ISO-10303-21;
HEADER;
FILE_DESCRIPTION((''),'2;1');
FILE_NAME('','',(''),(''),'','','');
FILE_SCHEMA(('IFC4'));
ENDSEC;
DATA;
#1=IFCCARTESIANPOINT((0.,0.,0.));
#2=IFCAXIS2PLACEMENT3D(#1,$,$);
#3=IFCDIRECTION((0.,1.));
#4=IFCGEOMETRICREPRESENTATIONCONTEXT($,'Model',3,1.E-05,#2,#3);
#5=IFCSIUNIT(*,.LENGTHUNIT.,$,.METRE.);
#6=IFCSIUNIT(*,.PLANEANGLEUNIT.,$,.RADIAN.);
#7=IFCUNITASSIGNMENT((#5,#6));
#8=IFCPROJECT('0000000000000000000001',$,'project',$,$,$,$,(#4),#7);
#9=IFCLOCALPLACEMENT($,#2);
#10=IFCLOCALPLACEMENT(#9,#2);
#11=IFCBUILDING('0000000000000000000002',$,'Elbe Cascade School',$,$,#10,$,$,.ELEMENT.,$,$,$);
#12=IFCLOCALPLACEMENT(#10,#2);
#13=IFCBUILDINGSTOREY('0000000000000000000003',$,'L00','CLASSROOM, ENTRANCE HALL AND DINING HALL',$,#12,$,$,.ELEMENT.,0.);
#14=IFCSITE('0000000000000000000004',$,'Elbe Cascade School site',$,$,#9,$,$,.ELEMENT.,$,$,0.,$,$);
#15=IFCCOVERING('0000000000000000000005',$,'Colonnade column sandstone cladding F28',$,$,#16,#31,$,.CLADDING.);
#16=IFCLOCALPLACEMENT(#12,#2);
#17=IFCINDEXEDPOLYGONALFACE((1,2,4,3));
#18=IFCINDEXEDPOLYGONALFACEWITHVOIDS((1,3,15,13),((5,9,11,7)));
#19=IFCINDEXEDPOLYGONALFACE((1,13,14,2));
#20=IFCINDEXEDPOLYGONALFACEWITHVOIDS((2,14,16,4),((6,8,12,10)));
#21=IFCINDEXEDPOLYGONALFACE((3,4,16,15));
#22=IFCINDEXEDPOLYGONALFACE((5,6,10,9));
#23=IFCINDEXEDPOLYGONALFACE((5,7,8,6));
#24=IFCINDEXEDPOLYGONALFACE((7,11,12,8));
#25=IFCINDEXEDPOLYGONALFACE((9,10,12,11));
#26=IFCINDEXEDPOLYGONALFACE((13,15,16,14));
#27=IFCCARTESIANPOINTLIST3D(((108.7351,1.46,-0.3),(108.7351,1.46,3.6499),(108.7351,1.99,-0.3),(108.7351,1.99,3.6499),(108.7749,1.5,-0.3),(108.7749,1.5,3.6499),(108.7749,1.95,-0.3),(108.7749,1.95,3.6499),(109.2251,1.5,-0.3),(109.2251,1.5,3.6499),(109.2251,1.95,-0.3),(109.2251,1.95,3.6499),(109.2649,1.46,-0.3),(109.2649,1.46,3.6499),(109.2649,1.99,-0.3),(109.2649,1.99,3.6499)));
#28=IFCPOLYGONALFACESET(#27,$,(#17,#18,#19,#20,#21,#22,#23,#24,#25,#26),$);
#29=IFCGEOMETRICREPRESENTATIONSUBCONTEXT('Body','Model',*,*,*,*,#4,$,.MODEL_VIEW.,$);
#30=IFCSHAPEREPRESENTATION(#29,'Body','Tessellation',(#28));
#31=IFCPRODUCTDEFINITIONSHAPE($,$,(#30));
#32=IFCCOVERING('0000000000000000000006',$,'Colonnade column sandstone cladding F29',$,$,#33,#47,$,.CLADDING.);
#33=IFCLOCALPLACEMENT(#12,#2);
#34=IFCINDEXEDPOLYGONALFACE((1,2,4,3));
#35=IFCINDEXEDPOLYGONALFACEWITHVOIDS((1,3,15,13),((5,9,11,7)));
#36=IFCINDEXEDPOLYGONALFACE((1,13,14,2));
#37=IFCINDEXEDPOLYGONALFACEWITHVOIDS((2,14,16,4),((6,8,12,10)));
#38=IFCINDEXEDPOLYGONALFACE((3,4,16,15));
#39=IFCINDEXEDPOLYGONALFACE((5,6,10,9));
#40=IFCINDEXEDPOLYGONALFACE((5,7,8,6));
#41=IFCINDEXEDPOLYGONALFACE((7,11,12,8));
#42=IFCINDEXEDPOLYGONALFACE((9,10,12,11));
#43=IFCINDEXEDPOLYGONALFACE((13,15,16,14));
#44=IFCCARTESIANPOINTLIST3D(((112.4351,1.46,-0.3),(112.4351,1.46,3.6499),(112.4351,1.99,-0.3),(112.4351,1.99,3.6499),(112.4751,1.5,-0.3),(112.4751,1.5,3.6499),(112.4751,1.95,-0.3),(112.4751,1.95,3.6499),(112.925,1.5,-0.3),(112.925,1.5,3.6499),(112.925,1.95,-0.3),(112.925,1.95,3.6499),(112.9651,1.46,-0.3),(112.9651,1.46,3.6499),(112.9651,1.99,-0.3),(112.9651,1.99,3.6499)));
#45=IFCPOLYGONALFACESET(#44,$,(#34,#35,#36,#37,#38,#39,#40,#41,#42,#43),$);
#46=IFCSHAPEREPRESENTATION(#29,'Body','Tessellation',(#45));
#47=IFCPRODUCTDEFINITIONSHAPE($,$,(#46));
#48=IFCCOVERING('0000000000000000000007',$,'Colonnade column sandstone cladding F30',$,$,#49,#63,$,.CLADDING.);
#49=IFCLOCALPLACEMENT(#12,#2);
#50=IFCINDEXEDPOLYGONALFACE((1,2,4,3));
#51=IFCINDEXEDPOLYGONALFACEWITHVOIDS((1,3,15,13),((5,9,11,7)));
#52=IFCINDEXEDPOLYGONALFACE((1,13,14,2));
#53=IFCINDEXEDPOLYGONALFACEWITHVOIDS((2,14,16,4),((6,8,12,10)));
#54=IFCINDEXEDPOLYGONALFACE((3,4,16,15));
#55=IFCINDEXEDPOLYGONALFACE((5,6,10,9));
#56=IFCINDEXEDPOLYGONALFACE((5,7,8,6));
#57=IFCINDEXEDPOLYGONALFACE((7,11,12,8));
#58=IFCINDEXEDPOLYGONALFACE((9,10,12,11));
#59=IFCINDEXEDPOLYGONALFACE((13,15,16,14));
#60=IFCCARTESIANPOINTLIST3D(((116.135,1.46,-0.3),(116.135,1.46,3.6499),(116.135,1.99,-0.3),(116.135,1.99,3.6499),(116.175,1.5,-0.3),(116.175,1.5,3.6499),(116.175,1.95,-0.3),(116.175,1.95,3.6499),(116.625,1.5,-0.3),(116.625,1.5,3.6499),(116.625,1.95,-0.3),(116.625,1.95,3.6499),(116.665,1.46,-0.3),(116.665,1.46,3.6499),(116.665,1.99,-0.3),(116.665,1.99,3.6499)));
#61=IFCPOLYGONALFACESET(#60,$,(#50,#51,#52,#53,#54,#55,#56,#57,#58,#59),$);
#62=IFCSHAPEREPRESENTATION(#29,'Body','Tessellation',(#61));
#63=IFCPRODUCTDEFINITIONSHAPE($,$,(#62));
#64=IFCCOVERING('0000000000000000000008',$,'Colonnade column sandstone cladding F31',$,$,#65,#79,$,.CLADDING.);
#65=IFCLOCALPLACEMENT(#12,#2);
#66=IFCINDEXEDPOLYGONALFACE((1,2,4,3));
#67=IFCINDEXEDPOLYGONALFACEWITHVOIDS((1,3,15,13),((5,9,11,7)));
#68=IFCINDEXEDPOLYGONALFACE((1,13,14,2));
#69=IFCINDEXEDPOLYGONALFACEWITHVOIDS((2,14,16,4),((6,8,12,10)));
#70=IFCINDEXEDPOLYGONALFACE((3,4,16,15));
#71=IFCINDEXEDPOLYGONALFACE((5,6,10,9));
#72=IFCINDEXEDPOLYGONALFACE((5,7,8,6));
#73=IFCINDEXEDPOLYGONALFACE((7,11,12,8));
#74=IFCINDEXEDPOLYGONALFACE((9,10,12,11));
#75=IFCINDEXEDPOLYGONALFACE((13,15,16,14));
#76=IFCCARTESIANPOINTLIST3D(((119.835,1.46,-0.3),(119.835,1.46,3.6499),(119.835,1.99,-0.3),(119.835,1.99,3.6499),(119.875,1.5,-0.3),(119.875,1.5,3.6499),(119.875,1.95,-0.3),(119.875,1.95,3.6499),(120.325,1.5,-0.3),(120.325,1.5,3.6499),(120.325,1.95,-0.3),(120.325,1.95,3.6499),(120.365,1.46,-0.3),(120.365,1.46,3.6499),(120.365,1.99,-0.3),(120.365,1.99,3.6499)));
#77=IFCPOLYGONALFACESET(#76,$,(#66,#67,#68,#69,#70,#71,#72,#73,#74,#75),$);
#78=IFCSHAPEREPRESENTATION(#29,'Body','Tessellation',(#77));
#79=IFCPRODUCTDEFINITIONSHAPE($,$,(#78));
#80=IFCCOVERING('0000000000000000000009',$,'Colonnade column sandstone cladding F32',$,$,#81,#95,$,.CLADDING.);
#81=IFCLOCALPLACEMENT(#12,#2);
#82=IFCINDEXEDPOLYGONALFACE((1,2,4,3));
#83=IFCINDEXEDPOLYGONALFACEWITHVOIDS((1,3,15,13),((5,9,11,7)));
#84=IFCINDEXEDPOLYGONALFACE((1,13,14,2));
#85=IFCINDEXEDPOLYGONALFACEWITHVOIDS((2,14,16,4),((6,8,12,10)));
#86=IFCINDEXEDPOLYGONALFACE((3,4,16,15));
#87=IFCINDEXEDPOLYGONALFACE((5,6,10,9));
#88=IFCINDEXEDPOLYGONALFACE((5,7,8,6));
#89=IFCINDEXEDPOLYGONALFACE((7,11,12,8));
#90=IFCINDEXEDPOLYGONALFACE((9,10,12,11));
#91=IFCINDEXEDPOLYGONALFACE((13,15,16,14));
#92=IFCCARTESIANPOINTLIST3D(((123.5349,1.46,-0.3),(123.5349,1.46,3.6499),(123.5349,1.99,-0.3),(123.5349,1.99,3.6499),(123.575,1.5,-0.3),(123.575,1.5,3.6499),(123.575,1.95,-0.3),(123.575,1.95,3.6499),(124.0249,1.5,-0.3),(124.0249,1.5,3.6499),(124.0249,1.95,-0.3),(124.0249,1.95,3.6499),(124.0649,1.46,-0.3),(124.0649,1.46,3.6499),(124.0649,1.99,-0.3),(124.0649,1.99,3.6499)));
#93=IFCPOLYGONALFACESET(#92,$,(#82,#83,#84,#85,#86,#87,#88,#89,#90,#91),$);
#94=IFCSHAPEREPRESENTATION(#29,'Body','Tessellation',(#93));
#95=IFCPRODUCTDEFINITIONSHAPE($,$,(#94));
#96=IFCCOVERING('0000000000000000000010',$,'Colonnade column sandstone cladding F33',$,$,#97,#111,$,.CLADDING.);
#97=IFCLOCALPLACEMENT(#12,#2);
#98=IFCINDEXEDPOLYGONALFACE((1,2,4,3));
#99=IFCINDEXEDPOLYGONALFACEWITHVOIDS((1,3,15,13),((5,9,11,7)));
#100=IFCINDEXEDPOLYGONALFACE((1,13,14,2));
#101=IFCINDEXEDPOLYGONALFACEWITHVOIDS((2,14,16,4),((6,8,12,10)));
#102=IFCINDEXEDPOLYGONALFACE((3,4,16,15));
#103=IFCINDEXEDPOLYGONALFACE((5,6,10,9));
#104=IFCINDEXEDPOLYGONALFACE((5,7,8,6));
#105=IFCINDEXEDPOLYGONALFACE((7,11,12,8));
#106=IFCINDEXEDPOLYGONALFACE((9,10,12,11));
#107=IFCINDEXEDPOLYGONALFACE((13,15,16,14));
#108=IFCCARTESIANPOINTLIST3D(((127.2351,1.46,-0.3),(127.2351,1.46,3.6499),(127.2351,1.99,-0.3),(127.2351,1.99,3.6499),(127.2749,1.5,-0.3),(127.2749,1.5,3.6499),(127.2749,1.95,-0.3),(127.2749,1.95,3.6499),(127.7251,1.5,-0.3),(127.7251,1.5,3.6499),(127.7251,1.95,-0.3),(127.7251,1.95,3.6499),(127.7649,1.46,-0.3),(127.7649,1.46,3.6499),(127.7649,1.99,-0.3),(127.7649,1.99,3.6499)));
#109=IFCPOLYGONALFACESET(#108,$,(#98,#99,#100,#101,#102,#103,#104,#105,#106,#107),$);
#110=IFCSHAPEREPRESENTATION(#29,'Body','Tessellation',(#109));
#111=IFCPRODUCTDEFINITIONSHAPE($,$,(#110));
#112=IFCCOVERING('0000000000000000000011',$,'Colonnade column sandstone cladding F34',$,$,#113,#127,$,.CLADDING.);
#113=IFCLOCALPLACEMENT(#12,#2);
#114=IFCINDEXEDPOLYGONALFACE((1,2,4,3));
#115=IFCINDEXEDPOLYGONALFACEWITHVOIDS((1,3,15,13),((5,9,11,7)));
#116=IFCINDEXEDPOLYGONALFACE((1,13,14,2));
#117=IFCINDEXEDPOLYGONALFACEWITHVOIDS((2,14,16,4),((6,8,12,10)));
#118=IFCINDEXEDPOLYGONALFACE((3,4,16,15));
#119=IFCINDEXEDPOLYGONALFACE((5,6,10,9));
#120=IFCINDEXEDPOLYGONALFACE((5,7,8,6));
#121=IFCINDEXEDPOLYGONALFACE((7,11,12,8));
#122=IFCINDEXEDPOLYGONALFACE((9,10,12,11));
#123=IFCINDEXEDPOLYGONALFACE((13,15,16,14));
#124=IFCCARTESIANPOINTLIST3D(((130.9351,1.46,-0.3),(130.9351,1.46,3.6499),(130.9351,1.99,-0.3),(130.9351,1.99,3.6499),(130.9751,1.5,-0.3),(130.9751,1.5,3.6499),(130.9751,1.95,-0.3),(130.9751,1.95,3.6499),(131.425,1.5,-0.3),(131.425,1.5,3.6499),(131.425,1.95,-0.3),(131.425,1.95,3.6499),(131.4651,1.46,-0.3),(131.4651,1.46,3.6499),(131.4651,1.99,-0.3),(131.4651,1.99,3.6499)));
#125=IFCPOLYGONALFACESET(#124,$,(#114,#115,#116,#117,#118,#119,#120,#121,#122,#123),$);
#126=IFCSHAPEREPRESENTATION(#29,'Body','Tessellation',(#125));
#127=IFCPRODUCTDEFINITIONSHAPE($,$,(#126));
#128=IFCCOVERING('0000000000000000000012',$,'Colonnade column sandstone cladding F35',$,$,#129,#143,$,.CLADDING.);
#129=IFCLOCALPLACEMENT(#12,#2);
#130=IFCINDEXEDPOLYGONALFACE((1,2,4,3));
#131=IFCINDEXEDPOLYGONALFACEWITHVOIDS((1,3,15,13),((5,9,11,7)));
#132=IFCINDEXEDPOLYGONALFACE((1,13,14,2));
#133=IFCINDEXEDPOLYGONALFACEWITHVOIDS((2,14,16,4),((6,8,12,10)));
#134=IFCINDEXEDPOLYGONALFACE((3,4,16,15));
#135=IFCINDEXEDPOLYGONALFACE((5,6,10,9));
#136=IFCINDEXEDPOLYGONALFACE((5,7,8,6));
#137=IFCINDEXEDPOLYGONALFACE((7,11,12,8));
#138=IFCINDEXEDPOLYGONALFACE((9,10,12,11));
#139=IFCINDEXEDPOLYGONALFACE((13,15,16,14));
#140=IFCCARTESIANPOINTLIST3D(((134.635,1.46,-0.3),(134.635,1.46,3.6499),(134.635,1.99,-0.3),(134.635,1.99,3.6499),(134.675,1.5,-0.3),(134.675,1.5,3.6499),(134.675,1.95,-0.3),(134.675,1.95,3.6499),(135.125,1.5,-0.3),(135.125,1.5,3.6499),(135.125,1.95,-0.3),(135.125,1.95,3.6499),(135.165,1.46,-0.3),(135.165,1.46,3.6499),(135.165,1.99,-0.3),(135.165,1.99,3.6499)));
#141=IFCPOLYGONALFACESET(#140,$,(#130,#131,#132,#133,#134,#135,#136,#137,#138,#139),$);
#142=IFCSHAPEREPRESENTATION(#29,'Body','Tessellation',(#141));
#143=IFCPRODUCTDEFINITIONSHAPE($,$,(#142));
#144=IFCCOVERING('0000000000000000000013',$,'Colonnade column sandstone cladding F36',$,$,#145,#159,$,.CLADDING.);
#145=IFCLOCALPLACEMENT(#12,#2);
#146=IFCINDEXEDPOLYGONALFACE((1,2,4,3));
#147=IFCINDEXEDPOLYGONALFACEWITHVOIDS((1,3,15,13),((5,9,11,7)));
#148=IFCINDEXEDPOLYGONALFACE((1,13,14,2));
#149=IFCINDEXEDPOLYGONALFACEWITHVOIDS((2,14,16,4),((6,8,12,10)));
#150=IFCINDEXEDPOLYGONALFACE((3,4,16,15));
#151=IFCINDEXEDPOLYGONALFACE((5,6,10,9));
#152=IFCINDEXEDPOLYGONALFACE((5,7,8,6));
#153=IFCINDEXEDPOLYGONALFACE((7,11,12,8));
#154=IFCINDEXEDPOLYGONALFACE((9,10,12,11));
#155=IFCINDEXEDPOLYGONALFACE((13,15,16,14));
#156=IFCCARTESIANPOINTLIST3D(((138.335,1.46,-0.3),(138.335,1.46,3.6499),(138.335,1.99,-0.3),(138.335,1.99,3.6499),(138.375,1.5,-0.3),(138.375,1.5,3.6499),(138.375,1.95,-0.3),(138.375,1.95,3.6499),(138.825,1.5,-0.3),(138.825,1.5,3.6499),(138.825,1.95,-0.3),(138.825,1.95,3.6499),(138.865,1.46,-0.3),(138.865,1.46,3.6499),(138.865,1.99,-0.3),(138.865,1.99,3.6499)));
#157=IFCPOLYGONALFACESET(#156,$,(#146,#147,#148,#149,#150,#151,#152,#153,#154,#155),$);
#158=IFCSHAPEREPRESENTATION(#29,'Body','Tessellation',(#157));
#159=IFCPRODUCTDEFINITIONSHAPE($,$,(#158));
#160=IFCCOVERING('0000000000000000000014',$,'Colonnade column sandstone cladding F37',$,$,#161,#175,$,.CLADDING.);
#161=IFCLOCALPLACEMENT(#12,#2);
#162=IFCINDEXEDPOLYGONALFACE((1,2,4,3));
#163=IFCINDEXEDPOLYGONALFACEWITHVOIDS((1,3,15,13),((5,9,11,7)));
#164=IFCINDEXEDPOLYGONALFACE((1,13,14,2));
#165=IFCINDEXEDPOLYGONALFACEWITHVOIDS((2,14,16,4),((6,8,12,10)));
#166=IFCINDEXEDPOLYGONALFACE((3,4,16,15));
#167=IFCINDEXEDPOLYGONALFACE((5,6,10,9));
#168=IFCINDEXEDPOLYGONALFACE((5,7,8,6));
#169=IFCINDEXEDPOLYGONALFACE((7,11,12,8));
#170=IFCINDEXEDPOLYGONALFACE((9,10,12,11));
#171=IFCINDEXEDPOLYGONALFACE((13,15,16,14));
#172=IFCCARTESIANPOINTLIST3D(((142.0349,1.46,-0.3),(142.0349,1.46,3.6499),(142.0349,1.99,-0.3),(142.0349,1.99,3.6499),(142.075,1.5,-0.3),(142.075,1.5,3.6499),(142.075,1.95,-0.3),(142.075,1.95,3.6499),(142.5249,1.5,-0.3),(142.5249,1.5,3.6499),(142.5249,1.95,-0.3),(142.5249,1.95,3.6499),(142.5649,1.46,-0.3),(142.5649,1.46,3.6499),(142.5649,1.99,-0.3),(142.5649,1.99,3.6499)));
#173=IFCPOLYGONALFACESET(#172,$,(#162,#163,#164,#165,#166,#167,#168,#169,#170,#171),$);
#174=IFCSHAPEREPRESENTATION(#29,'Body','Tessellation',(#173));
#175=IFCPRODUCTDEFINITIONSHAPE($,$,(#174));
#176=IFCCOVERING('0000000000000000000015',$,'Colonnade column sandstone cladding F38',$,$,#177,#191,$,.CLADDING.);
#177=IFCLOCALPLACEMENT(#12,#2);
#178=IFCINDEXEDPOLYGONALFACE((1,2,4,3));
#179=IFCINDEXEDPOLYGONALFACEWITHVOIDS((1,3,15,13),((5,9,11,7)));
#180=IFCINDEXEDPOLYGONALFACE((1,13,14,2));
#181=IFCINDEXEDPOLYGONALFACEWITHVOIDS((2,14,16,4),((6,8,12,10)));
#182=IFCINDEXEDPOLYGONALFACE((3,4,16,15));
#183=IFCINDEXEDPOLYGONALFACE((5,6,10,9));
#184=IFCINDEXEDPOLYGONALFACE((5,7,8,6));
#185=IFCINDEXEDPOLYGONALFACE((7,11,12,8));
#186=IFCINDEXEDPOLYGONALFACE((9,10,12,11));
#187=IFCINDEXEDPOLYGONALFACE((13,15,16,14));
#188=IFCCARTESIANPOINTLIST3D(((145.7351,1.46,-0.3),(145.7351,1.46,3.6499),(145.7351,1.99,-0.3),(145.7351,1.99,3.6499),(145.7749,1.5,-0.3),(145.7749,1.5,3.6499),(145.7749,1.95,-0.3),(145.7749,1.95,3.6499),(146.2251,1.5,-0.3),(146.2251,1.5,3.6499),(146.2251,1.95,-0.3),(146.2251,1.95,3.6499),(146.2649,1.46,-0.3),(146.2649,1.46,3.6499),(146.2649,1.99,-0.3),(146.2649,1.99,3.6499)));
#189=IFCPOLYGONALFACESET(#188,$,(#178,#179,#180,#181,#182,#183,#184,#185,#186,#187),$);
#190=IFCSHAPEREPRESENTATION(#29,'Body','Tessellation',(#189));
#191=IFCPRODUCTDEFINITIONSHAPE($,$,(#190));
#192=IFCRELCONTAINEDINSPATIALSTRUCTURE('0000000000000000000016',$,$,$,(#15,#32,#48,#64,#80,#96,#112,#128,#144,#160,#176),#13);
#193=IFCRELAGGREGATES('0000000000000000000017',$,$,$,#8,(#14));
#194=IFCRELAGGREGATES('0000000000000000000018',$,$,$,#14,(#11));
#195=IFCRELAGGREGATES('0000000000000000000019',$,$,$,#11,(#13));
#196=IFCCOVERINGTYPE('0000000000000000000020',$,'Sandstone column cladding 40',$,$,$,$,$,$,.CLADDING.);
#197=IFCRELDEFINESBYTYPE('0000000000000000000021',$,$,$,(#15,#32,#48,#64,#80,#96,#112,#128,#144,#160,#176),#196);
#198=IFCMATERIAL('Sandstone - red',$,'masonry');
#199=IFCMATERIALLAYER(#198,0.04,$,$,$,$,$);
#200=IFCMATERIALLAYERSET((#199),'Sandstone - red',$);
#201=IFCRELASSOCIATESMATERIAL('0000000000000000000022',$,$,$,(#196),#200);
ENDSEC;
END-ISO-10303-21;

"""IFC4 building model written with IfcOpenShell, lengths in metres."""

from ifc_helpers import new_model, si_unit, direction, frame, origin, place, context, subcontext, project, spatial, polyline, outline, extrude, material, layer, layer_set, type_object, element, save


model = new_model("IFC4")

# Units and contexts
model_context = context("Model", 3, precision=1e-05, world=origin(), true_north=direction((0.0, 1.0)))
body_context = subcontext(model_context, "Body", "Model", "MODEL_VIEW")
ifc_project = project(units=[si_unit("LENGTHUNIT", "METRE"), si_unit("PLANEANGLEUNIT", "RADIAN")], contexts=[model_context])

# Site, building, storey
site_placement = place(None, origin())
site = spatial("IfcSite", under=ifc_project, at=site_placement, Name="Elbe Cascade School site", CompositionType="ELEMENT", RefElevation=0.0)
building_placement = place(site_placement, origin())
building = spatial("IfcBuilding", under=site, at=building_placement, Name="Elbe Cascade School", CompositionType="ELEMENT")
storey_placement = place(building_placement, origin())
storey = spatial("IfcBuildingStorey", under=building, at=storey_placement, Name="L00", Description="CLASSROOM, ENTRANCE HALL AND DINING HALL", CompositionType="ELEMENT", Elevation=0.0)

# Coverings
ifc_material = material(Name="Sandstone - red", Category="masonry")
ifc_layer = layer(ifc_material, 0.04)
ifc_layer_set = layer_set([ifc_layer], Name="Sandstone - red")
covering_type = type_object("IfcCoveringType", Name="Sandstone column cladding 40", PredefinedType="CLADDING", material=ifc_layer_set)
covering_1_placement = place(storey_placement, frame((0.0, 0.0, -0.3)))
element("IfcCovering", 1, at=covering_1_placement, inside=storey, type_object=covering_type, Name="Colonnade column sandstone cladding F28", PredefinedType="CLADDING", context=body_context, shape_type="SweptSolid", body=[
    extrude(outline(polyline([(108.7351, 1.46), (109.2649, 1.46), (109.2649, 1.99), (108.7351, 1.99), (108.7351, 1.46)]), holes=[polyline([(108.7749, 1.95), (109.2251, 1.95), (109.2251, 1.5), (108.7749, 1.5), (108.7749, 1.95)])]), origin(), (0.0, 0.0, 1.0), 3.95),
])
covering_2_placement = place(storey_placement, frame((0.0, 0.0, -0.3)))
element("IfcCovering", 2, at=covering_2_placement, inside=storey, type_object=covering_type, Name="Colonnade column sandstone cladding F29", PredefinedType="CLADDING", context=body_context, shape_type="SweptSolid", body=[
    extrude(outline(polyline([(112.4351, 1.46), (112.9651, 1.46), (112.9651, 1.99), (112.4351, 1.99), (112.4351, 1.46)]), holes=[polyline([(112.4751, 1.95), (112.925, 1.95), (112.925, 1.5), (112.4751, 1.5), (112.4751, 1.95)])]), origin(), (0.0, 0.0, 1.0), 3.95),
])
covering_3_placement = place(storey_placement, frame((0.0, 0.0, -0.3)))
element("IfcCovering", 3, at=covering_3_placement, inside=storey, type_object=covering_type, Name="Colonnade column sandstone cladding F30", PredefinedType="CLADDING", context=body_context, shape_type="SweptSolid", body=[
    extrude(outline(polyline([(116.135, 1.46), (116.665, 1.46), (116.665, 1.99), (116.135, 1.99), (116.135, 1.46)]), holes=[polyline([(116.175, 1.95), (116.625, 1.95), (116.625, 1.5), (116.175, 1.5), (116.175, 1.95)])]), origin(), (0.0, 0.0, 1.0), 3.95),
])
covering_4_placement = place(storey_placement, frame((0.0, 0.0, -0.3)))
element("IfcCovering", 4, at=covering_4_placement, inside=storey, type_object=covering_type, Name="Colonnade column sandstone cladding F31", PredefinedType="CLADDING", context=body_context, shape_type="SweptSolid", body=[
    extrude(outline(polyline([(119.835, 1.46), (120.365, 1.46), (120.365, 1.99), (119.835, 1.99), (119.835, 1.46)]), holes=[polyline([(119.875, 1.95), (120.325, 1.95), (120.325, 1.5), (119.875, 1.5), (119.875, 1.95)])]), origin(), (0.0, 0.0, 1.0), 3.95),
])
covering_5_placement = place(storey_placement, frame((0.0, 0.0, -0.3)))
element("IfcCovering", 5, at=covering_5_placement, inside=storey, type_object=covering_type, Name="Colonnade column sandstone cladding F32", PredefinedType="CLADDING", context=body_context, shape_type="SweptSolid", body=[
    extrude(outline(polyline([(123.5349, 1.46), (124.0649, 1.46), (124.0649, 1.99), (123.5349, 1.99), (123.5349, 1.46)]), holes=[polyline([(123.575, 1.95), (124.0249, 1.95), (124.0249, 1.5), (123.575, 1.5), (123.575, 1.95)])]), origin(), (0.0, 0.0, 1.0), 3.95),
])
covering_6_placement = place(storey_placement, frame((0.0, 0.0, -0.3)))
element("IfcCovering", 6, at=covering_6_placement, inside=storey, type_object=covering_type, Name="Colonnade column sandstone cladding F33", PredefinedType="CLADDING", context=body_context, shape_type="SweptSolid", body=[
    extrude(outline(polyline([(127.2351, 1.46), (127.7649, 1.46), (127.7649, 1.99), (127.2351, 1.99), (127.2351, 1.46)]), holes=[polyline([(127.2749, 1.95), (127.7251, 1.95), (127.7251, 1.5), (127.2749, 1.5), (127.2749, 1.95)])]), origin(), (0.0, 0.0, 1.0), 3.95),
])
covering_7_placement = place(storey_placement, frame((0.0, 0.0, -0.3)))
element("IfcCovering", 7, at=covering_7_placement, inside=storey, type_object=covering_type, Name="Colonnade column sandstone cladding F34", PredefinedType="CLADDING", context=body_context, shape_type="SweptSolid", body=[
    extrude(outline(polyline([(130.9351, 1.46), (131.4651, 1.46), (131.4651, 1.99), (130.9351, 1.99), (130.9351, 1.46)]), holes=[polyline([(130.9751, 1.95), (131.425, 1.95), (131.425, 1.5), (130.9751, 1.5), (130.9751, 1.95)])]), origin(), (0.0, 0.0, 1.0), 3.95),
])
covering_8_placement = place(storey_placement, frame((0.0, 0.0, -0.3)))
element("IfcCovering", 8, at=covering_8_placement, inside=storey, type_object=covering_type, Name="Colonnade column sandstone cladding F35", PredefinedType="CLADDING", context=body_context, shape_type="SweptSolid", body=[
    extrude(outline(polyline([(134.635, 1.46), (135.165, 1.46), (135.165, 1.99), (134.635, 1.99), (134.635, 1.46)]), holes=[polyline([(134.675, 1.95), (135.125, 1.95), (135.125, 1.5), (134.675, 1.5), (134.675, 1.95)])]), origin(), (0.0, 0.0, 1.0), 3.95),
])
covering_9_placement = place(storey_placement, frame((0.0, 0.0, -0.3)))
element("IfcCovering", 9, at=covering_9_placement, inside=storey, type_object=covering_type, Name="Colonnade column sandstone cladding F36", PredefinedType="CLADDING", context=body_context, shape_type="SweptSolid", body=[
    extrude(outline(polyline([(138.335, 1.46), (138.865, 1.46), (138.865, 1.99), (138.335, 1.99), (138.335, 1.46)]), holes=[polyline([(138.375, 1.95), (138.825, 1.95), (138.825, 1.5), (138.375, 1.5), (138.375, 1.95)])]), origin(), (0.0, 0.0, 1.0), 3.95),
])
covering_10_placement = place(storey_placement, frame((0.0, 0.0, -0.3)))
element("IfcCovering", 10, at=covering_10_placement, inside=storey, type_object=covering_type, Name="Colonnade column sandstone cladding F37", PredefinedType="CLADDING", context=body_context, shape_type="SweptSolid", body=[
    extrude(outline(polyline([(142.0349, 1.46), (142.5649, 1.46), (142.5649, 1.99), (142.0349, 1.99), (142.0349, 1.46)]), holes=[polyline([(142.075, 1.95), (142.5249, 1.95), (142.5249, 1.5), (142.075, 1.5), (142.075, 1.95)])]), origin(), (0.0, 0.0, 1.0), 3.95),
])
covering_11_placement = place(storey_placement, frame((0.0, 0.0, -0.3)))
element("IfcCovering", 11, at=covering_11_placement, inside=storey, type_object=covering_type, Name="Colonnade column sandstone cladding F38", PredefinedType="CLADDING", context=body_context, shape_type="SweptSolid", body=[
    extrude(outline(polyline([(145.7351, 1.46), (146.2649, 1.46), (146.2649, 1.99), (145.7351, 1.99), (145.7351, 1.46)]), holes=[polyline([(145.7749, 1.95), (146.2251, 1.95), (146.2251, 1.5), (145.7749, 1.5), (145.7749, 1.95)])]), origin(), (0.0, 0.0, 1.0), 3.95),
])

save(model, "model.ifc")
